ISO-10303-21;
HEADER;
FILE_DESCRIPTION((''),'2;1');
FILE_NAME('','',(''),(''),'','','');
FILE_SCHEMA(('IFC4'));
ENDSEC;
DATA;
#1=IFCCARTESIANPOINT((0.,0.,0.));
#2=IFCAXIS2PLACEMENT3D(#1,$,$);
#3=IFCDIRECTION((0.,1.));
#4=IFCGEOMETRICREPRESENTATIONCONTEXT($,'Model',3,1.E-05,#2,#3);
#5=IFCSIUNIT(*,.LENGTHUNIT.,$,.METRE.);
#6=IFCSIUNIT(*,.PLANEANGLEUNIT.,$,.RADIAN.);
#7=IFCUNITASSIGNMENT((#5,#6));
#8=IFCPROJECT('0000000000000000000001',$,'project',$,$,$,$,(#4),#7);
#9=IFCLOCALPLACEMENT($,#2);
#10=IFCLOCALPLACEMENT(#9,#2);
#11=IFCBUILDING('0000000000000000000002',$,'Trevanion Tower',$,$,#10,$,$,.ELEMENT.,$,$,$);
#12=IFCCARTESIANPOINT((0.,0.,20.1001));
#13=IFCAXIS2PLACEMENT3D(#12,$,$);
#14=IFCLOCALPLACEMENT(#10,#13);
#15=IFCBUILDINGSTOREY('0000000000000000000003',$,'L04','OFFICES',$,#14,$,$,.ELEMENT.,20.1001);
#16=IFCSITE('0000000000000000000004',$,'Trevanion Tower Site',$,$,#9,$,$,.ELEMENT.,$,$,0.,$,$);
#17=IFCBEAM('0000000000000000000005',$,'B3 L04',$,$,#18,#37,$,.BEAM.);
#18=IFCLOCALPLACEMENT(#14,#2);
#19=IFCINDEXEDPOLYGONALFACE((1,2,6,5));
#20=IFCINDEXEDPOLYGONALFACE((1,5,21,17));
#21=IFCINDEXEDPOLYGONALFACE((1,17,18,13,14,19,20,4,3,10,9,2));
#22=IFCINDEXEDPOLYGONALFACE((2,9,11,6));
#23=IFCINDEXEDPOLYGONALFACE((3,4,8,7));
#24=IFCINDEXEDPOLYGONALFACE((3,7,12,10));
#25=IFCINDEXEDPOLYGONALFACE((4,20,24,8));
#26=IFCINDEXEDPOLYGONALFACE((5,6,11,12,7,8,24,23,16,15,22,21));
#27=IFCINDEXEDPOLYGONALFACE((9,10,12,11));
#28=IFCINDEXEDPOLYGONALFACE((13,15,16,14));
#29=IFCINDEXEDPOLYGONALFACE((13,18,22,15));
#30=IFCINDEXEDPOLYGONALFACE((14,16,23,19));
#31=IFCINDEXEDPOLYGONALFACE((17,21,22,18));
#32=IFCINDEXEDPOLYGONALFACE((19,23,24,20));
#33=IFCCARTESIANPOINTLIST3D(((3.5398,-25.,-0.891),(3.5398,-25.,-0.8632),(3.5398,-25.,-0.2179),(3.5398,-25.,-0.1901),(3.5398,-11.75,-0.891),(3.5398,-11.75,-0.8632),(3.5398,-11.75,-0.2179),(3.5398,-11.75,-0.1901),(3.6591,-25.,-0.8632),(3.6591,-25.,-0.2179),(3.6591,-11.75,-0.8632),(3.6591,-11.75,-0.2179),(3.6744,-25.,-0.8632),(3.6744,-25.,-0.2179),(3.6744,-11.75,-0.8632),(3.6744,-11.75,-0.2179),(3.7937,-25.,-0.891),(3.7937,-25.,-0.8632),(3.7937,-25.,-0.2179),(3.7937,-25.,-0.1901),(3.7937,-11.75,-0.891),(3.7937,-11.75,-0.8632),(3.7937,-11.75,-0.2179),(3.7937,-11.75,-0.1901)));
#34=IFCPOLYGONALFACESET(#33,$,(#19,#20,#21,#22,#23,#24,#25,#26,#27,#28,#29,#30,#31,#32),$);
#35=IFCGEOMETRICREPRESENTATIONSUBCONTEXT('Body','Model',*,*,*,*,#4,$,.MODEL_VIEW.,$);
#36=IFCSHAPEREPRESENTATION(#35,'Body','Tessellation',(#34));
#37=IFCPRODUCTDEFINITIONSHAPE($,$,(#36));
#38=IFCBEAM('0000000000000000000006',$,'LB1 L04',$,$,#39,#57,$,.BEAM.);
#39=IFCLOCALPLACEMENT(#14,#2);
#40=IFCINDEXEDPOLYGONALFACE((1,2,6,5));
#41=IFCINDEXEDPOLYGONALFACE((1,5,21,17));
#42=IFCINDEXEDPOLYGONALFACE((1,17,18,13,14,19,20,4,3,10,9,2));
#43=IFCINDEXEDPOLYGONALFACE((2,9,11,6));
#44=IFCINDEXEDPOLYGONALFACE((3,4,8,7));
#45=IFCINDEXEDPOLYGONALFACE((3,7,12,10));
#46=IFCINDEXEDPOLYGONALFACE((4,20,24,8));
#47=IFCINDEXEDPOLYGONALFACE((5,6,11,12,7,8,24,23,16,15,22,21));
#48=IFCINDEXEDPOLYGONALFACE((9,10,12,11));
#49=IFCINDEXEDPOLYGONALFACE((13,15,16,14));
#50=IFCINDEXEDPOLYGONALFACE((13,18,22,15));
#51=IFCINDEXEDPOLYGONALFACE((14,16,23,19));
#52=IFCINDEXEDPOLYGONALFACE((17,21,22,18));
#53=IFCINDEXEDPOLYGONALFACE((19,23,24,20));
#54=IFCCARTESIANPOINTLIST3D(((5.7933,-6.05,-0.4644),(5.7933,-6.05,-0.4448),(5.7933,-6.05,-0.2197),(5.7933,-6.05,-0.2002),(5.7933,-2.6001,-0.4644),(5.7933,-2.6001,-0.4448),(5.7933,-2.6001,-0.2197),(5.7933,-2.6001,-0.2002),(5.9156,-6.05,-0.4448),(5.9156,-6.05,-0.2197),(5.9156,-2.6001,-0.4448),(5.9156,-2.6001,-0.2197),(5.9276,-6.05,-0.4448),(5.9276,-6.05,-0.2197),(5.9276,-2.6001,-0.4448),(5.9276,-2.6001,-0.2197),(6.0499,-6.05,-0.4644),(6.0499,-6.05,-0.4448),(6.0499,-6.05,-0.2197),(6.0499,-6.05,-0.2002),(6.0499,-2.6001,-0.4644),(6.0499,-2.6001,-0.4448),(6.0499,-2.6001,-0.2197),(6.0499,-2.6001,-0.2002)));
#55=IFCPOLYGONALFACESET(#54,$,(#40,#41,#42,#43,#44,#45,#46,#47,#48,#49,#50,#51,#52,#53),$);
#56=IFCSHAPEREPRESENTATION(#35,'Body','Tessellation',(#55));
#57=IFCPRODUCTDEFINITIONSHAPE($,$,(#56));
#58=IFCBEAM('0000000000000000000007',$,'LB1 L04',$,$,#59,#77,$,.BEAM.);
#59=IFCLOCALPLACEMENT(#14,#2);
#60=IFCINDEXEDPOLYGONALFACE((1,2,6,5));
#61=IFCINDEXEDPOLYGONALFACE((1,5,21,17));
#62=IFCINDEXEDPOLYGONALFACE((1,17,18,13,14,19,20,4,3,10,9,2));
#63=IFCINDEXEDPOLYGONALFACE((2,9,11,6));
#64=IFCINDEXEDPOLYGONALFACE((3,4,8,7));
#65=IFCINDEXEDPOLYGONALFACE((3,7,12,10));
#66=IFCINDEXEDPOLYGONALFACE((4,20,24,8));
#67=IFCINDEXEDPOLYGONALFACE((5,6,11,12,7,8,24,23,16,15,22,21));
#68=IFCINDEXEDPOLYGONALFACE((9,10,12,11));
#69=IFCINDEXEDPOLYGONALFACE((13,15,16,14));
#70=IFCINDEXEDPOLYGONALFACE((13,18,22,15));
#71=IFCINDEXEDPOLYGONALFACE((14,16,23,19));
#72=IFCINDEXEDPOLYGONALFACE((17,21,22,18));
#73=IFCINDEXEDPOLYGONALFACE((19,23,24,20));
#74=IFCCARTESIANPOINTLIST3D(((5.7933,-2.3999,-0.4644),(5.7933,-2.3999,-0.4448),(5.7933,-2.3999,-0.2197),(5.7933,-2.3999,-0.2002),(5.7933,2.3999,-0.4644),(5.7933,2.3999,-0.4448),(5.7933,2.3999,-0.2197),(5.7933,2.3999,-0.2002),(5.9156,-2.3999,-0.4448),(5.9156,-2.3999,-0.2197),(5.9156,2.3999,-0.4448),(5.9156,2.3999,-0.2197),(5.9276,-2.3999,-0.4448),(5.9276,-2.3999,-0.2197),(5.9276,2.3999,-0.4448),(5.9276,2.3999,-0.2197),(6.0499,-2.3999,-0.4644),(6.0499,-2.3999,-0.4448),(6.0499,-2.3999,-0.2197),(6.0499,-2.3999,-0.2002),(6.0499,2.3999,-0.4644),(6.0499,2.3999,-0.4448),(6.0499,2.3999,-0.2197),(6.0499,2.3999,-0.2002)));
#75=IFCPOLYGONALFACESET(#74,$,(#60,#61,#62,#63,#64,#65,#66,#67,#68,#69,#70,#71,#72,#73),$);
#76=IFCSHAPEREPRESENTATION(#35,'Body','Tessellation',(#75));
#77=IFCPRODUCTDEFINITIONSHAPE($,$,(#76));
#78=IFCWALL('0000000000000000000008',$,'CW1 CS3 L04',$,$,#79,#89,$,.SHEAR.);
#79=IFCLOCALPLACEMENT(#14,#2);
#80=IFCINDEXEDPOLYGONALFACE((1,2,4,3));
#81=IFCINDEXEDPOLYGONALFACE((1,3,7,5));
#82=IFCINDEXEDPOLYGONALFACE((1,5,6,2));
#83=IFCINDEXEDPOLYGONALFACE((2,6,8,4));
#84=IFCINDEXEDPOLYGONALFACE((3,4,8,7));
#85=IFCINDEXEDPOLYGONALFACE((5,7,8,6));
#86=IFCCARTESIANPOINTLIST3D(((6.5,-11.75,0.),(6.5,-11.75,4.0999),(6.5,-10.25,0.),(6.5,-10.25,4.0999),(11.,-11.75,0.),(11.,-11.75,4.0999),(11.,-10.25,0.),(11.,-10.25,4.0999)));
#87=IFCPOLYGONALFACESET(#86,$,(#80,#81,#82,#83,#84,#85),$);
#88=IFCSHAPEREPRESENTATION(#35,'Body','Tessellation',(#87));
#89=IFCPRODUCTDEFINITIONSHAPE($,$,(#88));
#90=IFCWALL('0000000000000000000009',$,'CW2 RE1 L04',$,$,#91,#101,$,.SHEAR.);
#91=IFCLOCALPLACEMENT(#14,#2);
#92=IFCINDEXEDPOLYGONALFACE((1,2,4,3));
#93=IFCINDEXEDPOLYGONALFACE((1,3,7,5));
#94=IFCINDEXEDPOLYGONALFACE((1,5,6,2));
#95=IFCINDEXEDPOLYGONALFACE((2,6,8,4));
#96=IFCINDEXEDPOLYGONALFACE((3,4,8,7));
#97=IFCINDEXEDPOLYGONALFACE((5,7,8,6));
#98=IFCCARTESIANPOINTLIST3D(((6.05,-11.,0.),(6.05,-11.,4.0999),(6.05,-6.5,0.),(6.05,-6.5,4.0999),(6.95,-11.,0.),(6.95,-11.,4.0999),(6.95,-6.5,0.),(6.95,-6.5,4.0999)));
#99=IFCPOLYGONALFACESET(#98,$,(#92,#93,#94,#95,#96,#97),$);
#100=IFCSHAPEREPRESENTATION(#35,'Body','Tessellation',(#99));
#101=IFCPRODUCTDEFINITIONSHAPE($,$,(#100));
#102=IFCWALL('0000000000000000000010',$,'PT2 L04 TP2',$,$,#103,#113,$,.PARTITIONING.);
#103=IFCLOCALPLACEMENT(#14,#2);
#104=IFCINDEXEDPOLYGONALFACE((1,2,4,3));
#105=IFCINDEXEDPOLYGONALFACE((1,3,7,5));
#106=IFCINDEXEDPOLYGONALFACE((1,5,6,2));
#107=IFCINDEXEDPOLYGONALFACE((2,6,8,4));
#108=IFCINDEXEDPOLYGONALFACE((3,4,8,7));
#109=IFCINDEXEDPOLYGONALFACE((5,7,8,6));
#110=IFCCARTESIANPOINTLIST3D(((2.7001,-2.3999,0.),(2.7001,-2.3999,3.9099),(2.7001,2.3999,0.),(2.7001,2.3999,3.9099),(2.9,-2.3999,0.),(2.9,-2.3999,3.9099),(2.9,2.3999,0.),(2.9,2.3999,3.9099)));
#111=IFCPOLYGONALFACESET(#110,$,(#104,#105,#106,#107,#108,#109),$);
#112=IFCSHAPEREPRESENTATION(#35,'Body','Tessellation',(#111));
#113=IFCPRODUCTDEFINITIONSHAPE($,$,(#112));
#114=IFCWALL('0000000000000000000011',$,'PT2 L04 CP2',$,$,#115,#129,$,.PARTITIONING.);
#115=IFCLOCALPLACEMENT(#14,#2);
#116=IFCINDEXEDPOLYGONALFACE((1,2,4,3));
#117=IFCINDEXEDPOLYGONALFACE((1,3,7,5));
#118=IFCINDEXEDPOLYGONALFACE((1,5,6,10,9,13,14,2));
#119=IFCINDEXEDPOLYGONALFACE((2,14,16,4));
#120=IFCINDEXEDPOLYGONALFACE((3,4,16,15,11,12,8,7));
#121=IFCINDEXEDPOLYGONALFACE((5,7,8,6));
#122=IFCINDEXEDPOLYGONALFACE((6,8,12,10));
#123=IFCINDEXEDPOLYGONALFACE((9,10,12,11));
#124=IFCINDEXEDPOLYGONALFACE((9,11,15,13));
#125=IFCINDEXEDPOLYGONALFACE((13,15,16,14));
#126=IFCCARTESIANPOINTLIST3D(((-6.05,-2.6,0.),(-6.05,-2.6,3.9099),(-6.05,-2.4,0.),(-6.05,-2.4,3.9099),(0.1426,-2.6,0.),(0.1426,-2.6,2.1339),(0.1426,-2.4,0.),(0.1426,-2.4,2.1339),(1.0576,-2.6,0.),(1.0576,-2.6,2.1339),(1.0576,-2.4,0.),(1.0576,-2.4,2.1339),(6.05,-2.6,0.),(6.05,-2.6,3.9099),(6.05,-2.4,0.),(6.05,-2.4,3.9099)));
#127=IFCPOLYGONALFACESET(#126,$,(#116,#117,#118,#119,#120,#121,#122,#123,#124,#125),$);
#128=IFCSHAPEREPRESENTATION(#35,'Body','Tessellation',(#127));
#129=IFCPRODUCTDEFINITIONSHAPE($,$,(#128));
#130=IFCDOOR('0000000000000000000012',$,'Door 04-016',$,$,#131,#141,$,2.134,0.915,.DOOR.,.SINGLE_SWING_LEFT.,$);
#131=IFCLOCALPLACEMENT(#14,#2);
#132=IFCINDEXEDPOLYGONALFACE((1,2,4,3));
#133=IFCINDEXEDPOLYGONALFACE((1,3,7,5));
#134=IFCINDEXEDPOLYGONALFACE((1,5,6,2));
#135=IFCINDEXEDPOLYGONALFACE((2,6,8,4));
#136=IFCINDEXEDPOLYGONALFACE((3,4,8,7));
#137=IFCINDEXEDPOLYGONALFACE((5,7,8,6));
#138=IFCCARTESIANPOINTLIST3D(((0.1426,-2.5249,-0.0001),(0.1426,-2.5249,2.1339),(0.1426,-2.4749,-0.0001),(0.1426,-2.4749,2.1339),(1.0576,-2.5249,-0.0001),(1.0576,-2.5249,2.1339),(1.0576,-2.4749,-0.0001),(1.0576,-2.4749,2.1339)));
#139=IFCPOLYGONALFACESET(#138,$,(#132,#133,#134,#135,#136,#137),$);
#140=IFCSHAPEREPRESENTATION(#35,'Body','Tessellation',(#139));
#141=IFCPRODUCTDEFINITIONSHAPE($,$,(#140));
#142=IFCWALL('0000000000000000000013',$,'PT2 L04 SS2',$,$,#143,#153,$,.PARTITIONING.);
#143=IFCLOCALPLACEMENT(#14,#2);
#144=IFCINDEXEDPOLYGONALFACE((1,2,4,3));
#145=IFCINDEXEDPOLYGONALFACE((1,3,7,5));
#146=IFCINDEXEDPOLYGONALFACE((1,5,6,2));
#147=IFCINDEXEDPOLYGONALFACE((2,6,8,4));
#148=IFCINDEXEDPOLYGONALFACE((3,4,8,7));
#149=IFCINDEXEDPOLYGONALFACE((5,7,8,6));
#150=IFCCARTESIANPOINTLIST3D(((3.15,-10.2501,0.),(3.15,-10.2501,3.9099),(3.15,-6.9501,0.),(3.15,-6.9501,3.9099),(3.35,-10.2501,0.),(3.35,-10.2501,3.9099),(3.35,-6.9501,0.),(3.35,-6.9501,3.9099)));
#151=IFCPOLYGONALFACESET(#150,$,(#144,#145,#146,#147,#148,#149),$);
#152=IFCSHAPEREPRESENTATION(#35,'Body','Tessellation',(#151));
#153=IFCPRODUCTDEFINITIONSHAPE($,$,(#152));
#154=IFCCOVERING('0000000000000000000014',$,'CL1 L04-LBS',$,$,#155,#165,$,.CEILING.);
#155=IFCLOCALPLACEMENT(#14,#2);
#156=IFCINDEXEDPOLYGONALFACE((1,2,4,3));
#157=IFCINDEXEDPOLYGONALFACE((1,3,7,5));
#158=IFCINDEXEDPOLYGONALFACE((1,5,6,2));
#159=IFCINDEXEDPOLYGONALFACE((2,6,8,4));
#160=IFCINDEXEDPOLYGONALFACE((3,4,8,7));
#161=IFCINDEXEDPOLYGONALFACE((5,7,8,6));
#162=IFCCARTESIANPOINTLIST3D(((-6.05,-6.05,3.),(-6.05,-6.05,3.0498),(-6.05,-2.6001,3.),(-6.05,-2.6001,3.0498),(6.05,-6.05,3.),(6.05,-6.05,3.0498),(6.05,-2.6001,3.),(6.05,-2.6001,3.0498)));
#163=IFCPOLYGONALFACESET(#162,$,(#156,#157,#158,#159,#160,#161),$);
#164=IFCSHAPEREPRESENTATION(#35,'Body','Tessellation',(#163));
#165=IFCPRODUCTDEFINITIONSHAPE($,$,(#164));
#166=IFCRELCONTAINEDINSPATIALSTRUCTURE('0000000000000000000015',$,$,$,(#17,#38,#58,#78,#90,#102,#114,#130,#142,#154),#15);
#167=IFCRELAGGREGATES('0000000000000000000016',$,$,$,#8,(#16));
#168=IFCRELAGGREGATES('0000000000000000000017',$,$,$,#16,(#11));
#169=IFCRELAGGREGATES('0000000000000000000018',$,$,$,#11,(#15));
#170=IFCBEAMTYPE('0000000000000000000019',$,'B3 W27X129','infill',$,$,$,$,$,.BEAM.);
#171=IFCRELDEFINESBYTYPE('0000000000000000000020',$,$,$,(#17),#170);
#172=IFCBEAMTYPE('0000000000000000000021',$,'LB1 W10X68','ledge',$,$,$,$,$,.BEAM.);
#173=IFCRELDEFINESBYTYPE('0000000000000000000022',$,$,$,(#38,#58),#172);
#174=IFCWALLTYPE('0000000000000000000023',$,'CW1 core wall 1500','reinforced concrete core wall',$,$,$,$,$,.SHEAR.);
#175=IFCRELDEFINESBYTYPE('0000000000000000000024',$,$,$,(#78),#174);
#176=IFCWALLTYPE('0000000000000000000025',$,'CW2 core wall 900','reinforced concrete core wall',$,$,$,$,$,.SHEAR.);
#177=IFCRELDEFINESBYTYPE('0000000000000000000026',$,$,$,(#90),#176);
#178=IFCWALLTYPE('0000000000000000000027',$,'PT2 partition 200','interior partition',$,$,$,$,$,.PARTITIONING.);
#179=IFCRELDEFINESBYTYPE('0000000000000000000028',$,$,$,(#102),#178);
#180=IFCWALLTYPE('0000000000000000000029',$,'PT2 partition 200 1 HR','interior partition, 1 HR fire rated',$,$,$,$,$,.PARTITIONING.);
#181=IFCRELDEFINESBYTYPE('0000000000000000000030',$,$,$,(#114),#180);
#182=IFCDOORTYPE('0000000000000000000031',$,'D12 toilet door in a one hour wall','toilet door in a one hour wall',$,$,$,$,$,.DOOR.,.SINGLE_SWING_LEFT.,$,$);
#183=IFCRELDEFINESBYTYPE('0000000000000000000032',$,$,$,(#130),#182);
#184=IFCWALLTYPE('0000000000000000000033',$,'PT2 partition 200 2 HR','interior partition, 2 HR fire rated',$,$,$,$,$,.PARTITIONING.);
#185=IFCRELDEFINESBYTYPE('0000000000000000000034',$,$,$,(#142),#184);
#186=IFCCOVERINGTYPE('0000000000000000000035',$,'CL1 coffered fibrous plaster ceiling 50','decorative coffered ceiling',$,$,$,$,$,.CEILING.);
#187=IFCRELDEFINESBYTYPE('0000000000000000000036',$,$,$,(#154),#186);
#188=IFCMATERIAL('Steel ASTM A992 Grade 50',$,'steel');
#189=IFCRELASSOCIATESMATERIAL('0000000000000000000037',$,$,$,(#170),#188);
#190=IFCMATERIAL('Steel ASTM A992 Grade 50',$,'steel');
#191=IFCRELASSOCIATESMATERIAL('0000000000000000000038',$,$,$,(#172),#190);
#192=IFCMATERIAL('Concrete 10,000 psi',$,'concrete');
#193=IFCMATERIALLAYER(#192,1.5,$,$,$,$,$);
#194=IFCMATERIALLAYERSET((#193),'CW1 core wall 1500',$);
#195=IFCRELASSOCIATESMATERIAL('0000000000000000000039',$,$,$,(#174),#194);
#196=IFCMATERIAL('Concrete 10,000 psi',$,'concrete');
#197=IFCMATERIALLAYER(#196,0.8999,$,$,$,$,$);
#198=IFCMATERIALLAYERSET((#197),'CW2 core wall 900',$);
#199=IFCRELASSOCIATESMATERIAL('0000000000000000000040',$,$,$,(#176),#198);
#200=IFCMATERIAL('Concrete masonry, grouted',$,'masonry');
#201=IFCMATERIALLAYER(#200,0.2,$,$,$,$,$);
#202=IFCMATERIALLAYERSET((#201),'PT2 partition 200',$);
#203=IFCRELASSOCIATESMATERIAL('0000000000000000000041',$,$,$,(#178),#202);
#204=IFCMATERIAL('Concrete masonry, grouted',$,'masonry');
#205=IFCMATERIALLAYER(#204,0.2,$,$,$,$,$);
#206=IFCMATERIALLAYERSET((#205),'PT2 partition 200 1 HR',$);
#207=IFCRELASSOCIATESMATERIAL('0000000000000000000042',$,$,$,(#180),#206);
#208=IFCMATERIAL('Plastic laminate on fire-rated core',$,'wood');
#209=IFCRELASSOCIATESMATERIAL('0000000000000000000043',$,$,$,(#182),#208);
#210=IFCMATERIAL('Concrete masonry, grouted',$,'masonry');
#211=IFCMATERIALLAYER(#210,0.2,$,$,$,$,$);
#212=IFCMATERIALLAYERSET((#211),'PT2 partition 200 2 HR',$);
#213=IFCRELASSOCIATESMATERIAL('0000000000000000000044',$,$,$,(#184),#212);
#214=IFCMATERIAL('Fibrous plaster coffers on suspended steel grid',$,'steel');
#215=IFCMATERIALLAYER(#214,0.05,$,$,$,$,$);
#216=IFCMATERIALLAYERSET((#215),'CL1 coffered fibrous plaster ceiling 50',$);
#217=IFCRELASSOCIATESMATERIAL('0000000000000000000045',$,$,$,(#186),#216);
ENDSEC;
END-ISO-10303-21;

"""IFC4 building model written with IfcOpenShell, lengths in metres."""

from ifc_helpers import new_model, si_unit, direction, frame, frame_2d, origin, origin_2d, place, context, subcontext, project, spatial, polyline, rectangle, i_section, outline, extrude, material, layer, layer_set, material_profile, profile_set, type_object, element, fill, save


model = new_model("IFC4")

# Units and contexts
model_context = context("Model", 3, precision=1e-05, world=origin(), true_north=direction((0.0, 1.0)))
body_context = subcontext(model_context, "Body", "Model", "MODEL_VIEW")
ifc_project = project(units=[si_unit("LENGTHUNIT", "METRE"), si_unit("PLANEANGLEUNIT", "RADIAN")], contexts=[model_context])

# Site, building, storey
site_placement = place(None, origin())
site = spatial("IfcSite", under=ifc_project, at=site_placement, Name="Trevanion Tower Site", CompositionType="ELEMENT", RefElevation=0.0)
building_placement = place(site_placement, origin())
building = spatial("IfcBuilding", under=site, at=building_placement, Name="Trevanion Tower", CompositionType="ELEMENT")
storey_placement = place(building_placement, frame((0.0, 0.0, 20.1001)))
storey = spatial("IfcBuildingStorey", under=building, at=storey_placement, Name="L04", Description="OFFICES", CompositionType="ELEMENT", Elevation=20.1001)

# Beams
ifc_material_1 = material(Name="Steel ASTM A992 Grade 50", Category="steel")
ifc_material_profile_1 = material_profile(ifc_material_1, i_section(OverallWidth=0.2539, OverallDepth=0.7009, WebThickness=0.0154, FlangeThickness=0.0278, at=origin_2d()), Name="W27X129")
ifc_profile_set_1 = profile_set([ifc_material_profile_1], Name="Steel ASTM A992 Grade 50")
beam_type_1 = type_object("IfcBeamType", Name="B3 W27X129", Description="infill", PredefinedType="BEAM", material=ifc_profile_set_1)
beam_1_placement = place(storey_placement, frame((3.6667, -11.75, -0.5405), z_axis=(0.0, -1.0, 0.0), x_axis=(1.0, 0.0, 0.0)))
element("IfcBeam", 1, at=beam_1_placement, inside=storey, type_object=beam_type_1, Name="B3 L04", PredefinedType="BEAM", context=body_context, shape_type="SweptSolid", body=[
    extrude(i_section(OverallWidth=0.2539, OverallDepth=0.7009, WebThickness=0.0154, FlangeThickness=0.0278, at=origin_2d()), origin(), (0.0, 0.0, 1.0), 13.25),
])
ifc_material_2 = material(Name="Steel ASTM A992 Grade 50", Category="steel")
ifc_material_profile_2 = material_profile(ifc_material_2, i_section(OverallWidth=0.2566, OverallDepth=0.2642, WebThickness=0.012, FlangeThickness=0.0195, at=origin_2d()), Name="W10X68")
ifc_profile_set_2 = profile_set([ifc_material_profile_2], Name="Steel ASTM A992 Grade 50")
beam_type_2 = type_object("IfcBeamType", Name="LB1 W10X68", Description="ledge", PredefinedType="BEAM", material=ifc_profile_set_2)
beam_2_placement = place(storey_placement, frame((5.9216, -6.05, -0.3323), z_axis=(0.0, 1.0, 0.0), x_axis=(-1.0, 0.0, 0.0)))
element("IfcBeam", 2, at=beam_2_placement, inside=storey, type_object=beam_type_2, Name="LB1 L04", PredefinedType="BEAM", context=body_context, shape_type="SweptSolid", body=[
    extrude(i_section(OverallWidth=0.2566, OverallDepth=0.2642, WebThickness=0.012, FlangeThickness=0.0195, at=origin_2d()), origin(), (0.0, 0.0, 1.0), 3.45),
])
beam_3_placement = place(storey_placement, frame((5.9216, -2.3999, -0.3323), z_axis=(0.0, 1.0, 0.0), x_axis=(-1.0, 0.0, 0.0)))
element("IfcBeam", 3, at=beam_3_placement, inside=storey, type_object=beam_type_2, Name="LB1 L04", PredefinedType="BEAM", context=body_context, shape_type="SweptSolid", body=[
    extrude(i_section(OverallWidth=0.2566, OverallDepth=0.2642, WebThickness=0.012, FlangeThickness=0.0195, at=origin_2d()), origin(), (0.0, 0.0, 1.0), 4.7998),
])

# Walls
ifc_material_3 = material(Name="Concrete 10,000 psi", Category="concrete")
ifc_layer_1 = layer(ifc_material_3, 1.5)
ifc_layer_set_1 = layer_set([ifc_layer_1], Name="CW1 core wall 1500")
wall_type_1 = type_object("IfcWallType", Name="CW1 core wall 1500", Description="reinforced concrete core wall", PredefinedType="SHEAR", material=ifc_layer_set_1)
wall_1_placement = place(storey_placement, frame((6.5, -11.0, 0.0), z_axis=(0.0, 0.0, 1.0), x_axis=(1.0, 0.0, 0.0)))
element("IfcWall", 4, at=wall_1_placement, inside=storey, type_object=wall_type_1, Name="CW1 CS3 L04", PredefinedType="SHEAR", context=body_context, shape_type="SweptSolid", body=[
    extrude(rectangle(XDim=4.5, YDim=1.5, at=frame_2d((2.25, 0.0))), origin(), (0.0, 0.0, 1.0), 4.0999),
])
ifc_material_4 = material(Name="Concrete 10,000 psi", Category="concrete")
ifc_layer_2 = layer(ifc_material_4, 0.8999)
ifc_layer_set_2 = layer_set([ifc_layer_2], Name="CW2 core wall 900")
wall_type_2 = type_object("IfcWallType", Name="CW2 core wall 900", Description="reinforced concrete core wall", PredefinedType="SHEAR", material=ifc_layer_set_2)
wall_2_placement = place(storey_placement, frame((6.5, -11.0, 0.0), z_axis=(0.0, 0.0, 1.0), x_axis=(0.0, 1.0, 0.0)))
element("IfcWall", 5, at=wall_2_placement, inside=storey, type_object=wall_type_2, Name="CW2 RE1 L04", PredefinedType="SHEAR", context=body_context, shape_type="SweptSolid", body=[
    extrude(rectangle(XDim=4.5, YDim=0.8999, at=frame_2d((2.25, 0.0))), origin(), (0.0, 0.0, 1.0), 4.0999),
])
ifc_material_5 = material(Name="Concrete masonry, grouted", Category="masonry")
ifc_layer_3 = layer(ifc_material_5, 0.2)
ifc_layer_set_3 = layer_set([ifc_layer_3], Name="PT2 partition 200")
wall_type_3 = type_object("IfcWallType", Name="PT2 partition 200", Description="interior partition", PredefinedType="PARTITIONING", material=ifc_layer_set_3)
wall_3_placement = place(storey_placement, frame((2.8, -2.3999, 0.0), z_axis=(0.0, 0.0, 1.0), x_axis=(0.0, 1.0, 0.0)))
element("IfcWall", 6, at=wall_3_placement, inside=storey, type_object=wall_type_3, Name="PT2 L04 TP2", PredefinedType="PARTITIONING", context=body_context, shape_type="SweptSolid", body=[
    extrude(rectangle(XDim=4.7998, YDim=0.2, at=frame_2d((2.3999, 0.0))), origin(), (0.0, 0.0, 1.0), 3.9099),
])

# Wall, opening, door
ifc_material_6 = material(Name="Concrete masonry, grouted", Category="masonry")
ifc_layer_4 = layer(ifc_material_6, 0.2)
ifc_layer_set_4 = layer_set([ifc_layer_4], Name="PT2 partition 200 1 HR")
wall_type_4 = type_object("IfcWallType", Name="PT2 partition 200 1 HR", Description="interior partition, 1 HR fire rated", PredefinedType="PARTITIONING", material=ifc_layer_set_4)
wall_4_placement = place(storey_placement, frame((6.05, -2.5, 0.0), z_axis=(0.0, 0.0, 1.0), x_axis=(-1.0, 0.0, 0.0)))
wall_4 = element("IfcWall", 7, at=wall_4_placement, inside=storey, type_object=wall_type_4, Name="PT2 L04 CP2", PredefinedType="PARTITIONING", context=body_context, shape_type="SweptSolid", body=[
    extrude(rectangle(XDim=12.1001, YDim=0.2, at=frame_2d((6.05, 0.0))), origin(), (0.0, 0.0, 1.0), 3.9099),
])
opening_placement = place(wall_4_placement, frame((4.9924, 0.0, 0.0)))
opening = element("IfcOpeningElement", 8, at=opening_placement, cuts=wall_4, PredefinedType="OPENING", context=body_context, shape_type="SweptSolid", body=[
    extrude(rectangle(XDim=0.915, YDim=2.134, at=frame_2d((0.4575, 1.0669))), frame((0.0, 0.1099, 0.0), z_axis=(0.0, -1.0, 0.0), x_axis=(1.0, 0.0, 0.0)), (0.0, 0.0, 1.0), 0.22),
])
ifc_material_7 = material(Name="Plastic laminate on fire-rated core", Category="wood")
door_type = type_object("IfcDoorType", Name="D12 toilet door in a one hour wall", Description="toilet door in a one hour wall", OperationType="SINGLE_SWING_LEFT", PredefinedType="DOOR", material=ifc_material_7)
door_placement = place(opening_placement, origin())
door = element("IfcDoor", 9, at=door_placement, inside=storey, type_object=door_type, Name="Door 04-016", OperationType="SINGLE_SWING_LEFT", OverallHeight=2.134, OverallWidth=0.915, PredefinedType="DOOR", context=body_context, shape_type="SweptSolid", body=[
    extrude(rectangle(XDim=0.915, YDim=2.134, at=frame_2d((0.4575, 1.0669))), frame((0.0, 0.0249, 0.0), z_axis=(0.0, -1.0, 0.0), x_axis=(1.0, 0.0, 0.0)), (0.0, 0.0, 1.0), 0.05),
])
fill(opening, door)

# Wall
ifc_material_8 = material(Name="Concrete masonry, grouted", Category="masonry")
ifc_layer_5 = layer(ifc_material_8, 0.2)
ifc_layer_set_5 = layer_set([ifc_layer_5], Name="PT2 partition 200 2 HR")
wall_type_5 = type_object("IfcWallType", Name="PT2 partition 200 2 HR", Description="interior partition, 2 HR fire rated", PredefinedType="PARTITIONING", material=ifc_layer_set_5)
wall_5_placement = place(storey_placement, frame((3.25, -10.25, 0.0), z_axis=(0.0, 0.0, 1.0), x_axis=(0.0, 1.0, 0.0)))
element("IfcWall", 10, at=wall_5_placement, inside=storey, type_object=wall_type_5, Name="PT2 L04 SS2", PredefinedType="PARTITIONING", context=body_context, shape_type="SweptSolid", body=[
    extrude(rectangle(XDim=3.3, YDim=0.2, at=frame_2d((1.6499, 0.0))), origin(), (0.0, 0.0, 1.0), 3.9099),
])

# Covering
ifc_material_9 = material(Name="Fibrous plaster coffers on suspended steel grid", Category="steel")
ifc_layer_6 = layer(ifc_material_9, 0.05)
ifc_layer_set_6 = layer_set([ifc_layer_6], Name="CL1 coffered fibrous plaster ceiling 50")
covering_type_1 = type_object("IfcCoveringType", Name="CL1 coffered fibrous plaster ceiling 50", Description="decorative coffered ceiling", PredefinedType="CEILING", material=ifc_layer_set_6)
covering_1_placement = place(storey_placement, frame((0.0, 0.0, 3.0)))
element("IfcCovering", 11, at=covering_1_placement, inside=storey, type_object=covering_type_1, Name="CL1 L04-LBS", PredefinedType="CEILING", context=body_context, shape_type="SweptSolid", body=[
    extrude(outline(polyline([(6.05, -6.05), (6.05, -2.6001), (-6.05, -2.6001), (-6.05, -6.05), (6.05, -6.05)])), origin(), (0.0, 0.0, 1.0), 0.0498),
])

save(model, "model.ifc")
